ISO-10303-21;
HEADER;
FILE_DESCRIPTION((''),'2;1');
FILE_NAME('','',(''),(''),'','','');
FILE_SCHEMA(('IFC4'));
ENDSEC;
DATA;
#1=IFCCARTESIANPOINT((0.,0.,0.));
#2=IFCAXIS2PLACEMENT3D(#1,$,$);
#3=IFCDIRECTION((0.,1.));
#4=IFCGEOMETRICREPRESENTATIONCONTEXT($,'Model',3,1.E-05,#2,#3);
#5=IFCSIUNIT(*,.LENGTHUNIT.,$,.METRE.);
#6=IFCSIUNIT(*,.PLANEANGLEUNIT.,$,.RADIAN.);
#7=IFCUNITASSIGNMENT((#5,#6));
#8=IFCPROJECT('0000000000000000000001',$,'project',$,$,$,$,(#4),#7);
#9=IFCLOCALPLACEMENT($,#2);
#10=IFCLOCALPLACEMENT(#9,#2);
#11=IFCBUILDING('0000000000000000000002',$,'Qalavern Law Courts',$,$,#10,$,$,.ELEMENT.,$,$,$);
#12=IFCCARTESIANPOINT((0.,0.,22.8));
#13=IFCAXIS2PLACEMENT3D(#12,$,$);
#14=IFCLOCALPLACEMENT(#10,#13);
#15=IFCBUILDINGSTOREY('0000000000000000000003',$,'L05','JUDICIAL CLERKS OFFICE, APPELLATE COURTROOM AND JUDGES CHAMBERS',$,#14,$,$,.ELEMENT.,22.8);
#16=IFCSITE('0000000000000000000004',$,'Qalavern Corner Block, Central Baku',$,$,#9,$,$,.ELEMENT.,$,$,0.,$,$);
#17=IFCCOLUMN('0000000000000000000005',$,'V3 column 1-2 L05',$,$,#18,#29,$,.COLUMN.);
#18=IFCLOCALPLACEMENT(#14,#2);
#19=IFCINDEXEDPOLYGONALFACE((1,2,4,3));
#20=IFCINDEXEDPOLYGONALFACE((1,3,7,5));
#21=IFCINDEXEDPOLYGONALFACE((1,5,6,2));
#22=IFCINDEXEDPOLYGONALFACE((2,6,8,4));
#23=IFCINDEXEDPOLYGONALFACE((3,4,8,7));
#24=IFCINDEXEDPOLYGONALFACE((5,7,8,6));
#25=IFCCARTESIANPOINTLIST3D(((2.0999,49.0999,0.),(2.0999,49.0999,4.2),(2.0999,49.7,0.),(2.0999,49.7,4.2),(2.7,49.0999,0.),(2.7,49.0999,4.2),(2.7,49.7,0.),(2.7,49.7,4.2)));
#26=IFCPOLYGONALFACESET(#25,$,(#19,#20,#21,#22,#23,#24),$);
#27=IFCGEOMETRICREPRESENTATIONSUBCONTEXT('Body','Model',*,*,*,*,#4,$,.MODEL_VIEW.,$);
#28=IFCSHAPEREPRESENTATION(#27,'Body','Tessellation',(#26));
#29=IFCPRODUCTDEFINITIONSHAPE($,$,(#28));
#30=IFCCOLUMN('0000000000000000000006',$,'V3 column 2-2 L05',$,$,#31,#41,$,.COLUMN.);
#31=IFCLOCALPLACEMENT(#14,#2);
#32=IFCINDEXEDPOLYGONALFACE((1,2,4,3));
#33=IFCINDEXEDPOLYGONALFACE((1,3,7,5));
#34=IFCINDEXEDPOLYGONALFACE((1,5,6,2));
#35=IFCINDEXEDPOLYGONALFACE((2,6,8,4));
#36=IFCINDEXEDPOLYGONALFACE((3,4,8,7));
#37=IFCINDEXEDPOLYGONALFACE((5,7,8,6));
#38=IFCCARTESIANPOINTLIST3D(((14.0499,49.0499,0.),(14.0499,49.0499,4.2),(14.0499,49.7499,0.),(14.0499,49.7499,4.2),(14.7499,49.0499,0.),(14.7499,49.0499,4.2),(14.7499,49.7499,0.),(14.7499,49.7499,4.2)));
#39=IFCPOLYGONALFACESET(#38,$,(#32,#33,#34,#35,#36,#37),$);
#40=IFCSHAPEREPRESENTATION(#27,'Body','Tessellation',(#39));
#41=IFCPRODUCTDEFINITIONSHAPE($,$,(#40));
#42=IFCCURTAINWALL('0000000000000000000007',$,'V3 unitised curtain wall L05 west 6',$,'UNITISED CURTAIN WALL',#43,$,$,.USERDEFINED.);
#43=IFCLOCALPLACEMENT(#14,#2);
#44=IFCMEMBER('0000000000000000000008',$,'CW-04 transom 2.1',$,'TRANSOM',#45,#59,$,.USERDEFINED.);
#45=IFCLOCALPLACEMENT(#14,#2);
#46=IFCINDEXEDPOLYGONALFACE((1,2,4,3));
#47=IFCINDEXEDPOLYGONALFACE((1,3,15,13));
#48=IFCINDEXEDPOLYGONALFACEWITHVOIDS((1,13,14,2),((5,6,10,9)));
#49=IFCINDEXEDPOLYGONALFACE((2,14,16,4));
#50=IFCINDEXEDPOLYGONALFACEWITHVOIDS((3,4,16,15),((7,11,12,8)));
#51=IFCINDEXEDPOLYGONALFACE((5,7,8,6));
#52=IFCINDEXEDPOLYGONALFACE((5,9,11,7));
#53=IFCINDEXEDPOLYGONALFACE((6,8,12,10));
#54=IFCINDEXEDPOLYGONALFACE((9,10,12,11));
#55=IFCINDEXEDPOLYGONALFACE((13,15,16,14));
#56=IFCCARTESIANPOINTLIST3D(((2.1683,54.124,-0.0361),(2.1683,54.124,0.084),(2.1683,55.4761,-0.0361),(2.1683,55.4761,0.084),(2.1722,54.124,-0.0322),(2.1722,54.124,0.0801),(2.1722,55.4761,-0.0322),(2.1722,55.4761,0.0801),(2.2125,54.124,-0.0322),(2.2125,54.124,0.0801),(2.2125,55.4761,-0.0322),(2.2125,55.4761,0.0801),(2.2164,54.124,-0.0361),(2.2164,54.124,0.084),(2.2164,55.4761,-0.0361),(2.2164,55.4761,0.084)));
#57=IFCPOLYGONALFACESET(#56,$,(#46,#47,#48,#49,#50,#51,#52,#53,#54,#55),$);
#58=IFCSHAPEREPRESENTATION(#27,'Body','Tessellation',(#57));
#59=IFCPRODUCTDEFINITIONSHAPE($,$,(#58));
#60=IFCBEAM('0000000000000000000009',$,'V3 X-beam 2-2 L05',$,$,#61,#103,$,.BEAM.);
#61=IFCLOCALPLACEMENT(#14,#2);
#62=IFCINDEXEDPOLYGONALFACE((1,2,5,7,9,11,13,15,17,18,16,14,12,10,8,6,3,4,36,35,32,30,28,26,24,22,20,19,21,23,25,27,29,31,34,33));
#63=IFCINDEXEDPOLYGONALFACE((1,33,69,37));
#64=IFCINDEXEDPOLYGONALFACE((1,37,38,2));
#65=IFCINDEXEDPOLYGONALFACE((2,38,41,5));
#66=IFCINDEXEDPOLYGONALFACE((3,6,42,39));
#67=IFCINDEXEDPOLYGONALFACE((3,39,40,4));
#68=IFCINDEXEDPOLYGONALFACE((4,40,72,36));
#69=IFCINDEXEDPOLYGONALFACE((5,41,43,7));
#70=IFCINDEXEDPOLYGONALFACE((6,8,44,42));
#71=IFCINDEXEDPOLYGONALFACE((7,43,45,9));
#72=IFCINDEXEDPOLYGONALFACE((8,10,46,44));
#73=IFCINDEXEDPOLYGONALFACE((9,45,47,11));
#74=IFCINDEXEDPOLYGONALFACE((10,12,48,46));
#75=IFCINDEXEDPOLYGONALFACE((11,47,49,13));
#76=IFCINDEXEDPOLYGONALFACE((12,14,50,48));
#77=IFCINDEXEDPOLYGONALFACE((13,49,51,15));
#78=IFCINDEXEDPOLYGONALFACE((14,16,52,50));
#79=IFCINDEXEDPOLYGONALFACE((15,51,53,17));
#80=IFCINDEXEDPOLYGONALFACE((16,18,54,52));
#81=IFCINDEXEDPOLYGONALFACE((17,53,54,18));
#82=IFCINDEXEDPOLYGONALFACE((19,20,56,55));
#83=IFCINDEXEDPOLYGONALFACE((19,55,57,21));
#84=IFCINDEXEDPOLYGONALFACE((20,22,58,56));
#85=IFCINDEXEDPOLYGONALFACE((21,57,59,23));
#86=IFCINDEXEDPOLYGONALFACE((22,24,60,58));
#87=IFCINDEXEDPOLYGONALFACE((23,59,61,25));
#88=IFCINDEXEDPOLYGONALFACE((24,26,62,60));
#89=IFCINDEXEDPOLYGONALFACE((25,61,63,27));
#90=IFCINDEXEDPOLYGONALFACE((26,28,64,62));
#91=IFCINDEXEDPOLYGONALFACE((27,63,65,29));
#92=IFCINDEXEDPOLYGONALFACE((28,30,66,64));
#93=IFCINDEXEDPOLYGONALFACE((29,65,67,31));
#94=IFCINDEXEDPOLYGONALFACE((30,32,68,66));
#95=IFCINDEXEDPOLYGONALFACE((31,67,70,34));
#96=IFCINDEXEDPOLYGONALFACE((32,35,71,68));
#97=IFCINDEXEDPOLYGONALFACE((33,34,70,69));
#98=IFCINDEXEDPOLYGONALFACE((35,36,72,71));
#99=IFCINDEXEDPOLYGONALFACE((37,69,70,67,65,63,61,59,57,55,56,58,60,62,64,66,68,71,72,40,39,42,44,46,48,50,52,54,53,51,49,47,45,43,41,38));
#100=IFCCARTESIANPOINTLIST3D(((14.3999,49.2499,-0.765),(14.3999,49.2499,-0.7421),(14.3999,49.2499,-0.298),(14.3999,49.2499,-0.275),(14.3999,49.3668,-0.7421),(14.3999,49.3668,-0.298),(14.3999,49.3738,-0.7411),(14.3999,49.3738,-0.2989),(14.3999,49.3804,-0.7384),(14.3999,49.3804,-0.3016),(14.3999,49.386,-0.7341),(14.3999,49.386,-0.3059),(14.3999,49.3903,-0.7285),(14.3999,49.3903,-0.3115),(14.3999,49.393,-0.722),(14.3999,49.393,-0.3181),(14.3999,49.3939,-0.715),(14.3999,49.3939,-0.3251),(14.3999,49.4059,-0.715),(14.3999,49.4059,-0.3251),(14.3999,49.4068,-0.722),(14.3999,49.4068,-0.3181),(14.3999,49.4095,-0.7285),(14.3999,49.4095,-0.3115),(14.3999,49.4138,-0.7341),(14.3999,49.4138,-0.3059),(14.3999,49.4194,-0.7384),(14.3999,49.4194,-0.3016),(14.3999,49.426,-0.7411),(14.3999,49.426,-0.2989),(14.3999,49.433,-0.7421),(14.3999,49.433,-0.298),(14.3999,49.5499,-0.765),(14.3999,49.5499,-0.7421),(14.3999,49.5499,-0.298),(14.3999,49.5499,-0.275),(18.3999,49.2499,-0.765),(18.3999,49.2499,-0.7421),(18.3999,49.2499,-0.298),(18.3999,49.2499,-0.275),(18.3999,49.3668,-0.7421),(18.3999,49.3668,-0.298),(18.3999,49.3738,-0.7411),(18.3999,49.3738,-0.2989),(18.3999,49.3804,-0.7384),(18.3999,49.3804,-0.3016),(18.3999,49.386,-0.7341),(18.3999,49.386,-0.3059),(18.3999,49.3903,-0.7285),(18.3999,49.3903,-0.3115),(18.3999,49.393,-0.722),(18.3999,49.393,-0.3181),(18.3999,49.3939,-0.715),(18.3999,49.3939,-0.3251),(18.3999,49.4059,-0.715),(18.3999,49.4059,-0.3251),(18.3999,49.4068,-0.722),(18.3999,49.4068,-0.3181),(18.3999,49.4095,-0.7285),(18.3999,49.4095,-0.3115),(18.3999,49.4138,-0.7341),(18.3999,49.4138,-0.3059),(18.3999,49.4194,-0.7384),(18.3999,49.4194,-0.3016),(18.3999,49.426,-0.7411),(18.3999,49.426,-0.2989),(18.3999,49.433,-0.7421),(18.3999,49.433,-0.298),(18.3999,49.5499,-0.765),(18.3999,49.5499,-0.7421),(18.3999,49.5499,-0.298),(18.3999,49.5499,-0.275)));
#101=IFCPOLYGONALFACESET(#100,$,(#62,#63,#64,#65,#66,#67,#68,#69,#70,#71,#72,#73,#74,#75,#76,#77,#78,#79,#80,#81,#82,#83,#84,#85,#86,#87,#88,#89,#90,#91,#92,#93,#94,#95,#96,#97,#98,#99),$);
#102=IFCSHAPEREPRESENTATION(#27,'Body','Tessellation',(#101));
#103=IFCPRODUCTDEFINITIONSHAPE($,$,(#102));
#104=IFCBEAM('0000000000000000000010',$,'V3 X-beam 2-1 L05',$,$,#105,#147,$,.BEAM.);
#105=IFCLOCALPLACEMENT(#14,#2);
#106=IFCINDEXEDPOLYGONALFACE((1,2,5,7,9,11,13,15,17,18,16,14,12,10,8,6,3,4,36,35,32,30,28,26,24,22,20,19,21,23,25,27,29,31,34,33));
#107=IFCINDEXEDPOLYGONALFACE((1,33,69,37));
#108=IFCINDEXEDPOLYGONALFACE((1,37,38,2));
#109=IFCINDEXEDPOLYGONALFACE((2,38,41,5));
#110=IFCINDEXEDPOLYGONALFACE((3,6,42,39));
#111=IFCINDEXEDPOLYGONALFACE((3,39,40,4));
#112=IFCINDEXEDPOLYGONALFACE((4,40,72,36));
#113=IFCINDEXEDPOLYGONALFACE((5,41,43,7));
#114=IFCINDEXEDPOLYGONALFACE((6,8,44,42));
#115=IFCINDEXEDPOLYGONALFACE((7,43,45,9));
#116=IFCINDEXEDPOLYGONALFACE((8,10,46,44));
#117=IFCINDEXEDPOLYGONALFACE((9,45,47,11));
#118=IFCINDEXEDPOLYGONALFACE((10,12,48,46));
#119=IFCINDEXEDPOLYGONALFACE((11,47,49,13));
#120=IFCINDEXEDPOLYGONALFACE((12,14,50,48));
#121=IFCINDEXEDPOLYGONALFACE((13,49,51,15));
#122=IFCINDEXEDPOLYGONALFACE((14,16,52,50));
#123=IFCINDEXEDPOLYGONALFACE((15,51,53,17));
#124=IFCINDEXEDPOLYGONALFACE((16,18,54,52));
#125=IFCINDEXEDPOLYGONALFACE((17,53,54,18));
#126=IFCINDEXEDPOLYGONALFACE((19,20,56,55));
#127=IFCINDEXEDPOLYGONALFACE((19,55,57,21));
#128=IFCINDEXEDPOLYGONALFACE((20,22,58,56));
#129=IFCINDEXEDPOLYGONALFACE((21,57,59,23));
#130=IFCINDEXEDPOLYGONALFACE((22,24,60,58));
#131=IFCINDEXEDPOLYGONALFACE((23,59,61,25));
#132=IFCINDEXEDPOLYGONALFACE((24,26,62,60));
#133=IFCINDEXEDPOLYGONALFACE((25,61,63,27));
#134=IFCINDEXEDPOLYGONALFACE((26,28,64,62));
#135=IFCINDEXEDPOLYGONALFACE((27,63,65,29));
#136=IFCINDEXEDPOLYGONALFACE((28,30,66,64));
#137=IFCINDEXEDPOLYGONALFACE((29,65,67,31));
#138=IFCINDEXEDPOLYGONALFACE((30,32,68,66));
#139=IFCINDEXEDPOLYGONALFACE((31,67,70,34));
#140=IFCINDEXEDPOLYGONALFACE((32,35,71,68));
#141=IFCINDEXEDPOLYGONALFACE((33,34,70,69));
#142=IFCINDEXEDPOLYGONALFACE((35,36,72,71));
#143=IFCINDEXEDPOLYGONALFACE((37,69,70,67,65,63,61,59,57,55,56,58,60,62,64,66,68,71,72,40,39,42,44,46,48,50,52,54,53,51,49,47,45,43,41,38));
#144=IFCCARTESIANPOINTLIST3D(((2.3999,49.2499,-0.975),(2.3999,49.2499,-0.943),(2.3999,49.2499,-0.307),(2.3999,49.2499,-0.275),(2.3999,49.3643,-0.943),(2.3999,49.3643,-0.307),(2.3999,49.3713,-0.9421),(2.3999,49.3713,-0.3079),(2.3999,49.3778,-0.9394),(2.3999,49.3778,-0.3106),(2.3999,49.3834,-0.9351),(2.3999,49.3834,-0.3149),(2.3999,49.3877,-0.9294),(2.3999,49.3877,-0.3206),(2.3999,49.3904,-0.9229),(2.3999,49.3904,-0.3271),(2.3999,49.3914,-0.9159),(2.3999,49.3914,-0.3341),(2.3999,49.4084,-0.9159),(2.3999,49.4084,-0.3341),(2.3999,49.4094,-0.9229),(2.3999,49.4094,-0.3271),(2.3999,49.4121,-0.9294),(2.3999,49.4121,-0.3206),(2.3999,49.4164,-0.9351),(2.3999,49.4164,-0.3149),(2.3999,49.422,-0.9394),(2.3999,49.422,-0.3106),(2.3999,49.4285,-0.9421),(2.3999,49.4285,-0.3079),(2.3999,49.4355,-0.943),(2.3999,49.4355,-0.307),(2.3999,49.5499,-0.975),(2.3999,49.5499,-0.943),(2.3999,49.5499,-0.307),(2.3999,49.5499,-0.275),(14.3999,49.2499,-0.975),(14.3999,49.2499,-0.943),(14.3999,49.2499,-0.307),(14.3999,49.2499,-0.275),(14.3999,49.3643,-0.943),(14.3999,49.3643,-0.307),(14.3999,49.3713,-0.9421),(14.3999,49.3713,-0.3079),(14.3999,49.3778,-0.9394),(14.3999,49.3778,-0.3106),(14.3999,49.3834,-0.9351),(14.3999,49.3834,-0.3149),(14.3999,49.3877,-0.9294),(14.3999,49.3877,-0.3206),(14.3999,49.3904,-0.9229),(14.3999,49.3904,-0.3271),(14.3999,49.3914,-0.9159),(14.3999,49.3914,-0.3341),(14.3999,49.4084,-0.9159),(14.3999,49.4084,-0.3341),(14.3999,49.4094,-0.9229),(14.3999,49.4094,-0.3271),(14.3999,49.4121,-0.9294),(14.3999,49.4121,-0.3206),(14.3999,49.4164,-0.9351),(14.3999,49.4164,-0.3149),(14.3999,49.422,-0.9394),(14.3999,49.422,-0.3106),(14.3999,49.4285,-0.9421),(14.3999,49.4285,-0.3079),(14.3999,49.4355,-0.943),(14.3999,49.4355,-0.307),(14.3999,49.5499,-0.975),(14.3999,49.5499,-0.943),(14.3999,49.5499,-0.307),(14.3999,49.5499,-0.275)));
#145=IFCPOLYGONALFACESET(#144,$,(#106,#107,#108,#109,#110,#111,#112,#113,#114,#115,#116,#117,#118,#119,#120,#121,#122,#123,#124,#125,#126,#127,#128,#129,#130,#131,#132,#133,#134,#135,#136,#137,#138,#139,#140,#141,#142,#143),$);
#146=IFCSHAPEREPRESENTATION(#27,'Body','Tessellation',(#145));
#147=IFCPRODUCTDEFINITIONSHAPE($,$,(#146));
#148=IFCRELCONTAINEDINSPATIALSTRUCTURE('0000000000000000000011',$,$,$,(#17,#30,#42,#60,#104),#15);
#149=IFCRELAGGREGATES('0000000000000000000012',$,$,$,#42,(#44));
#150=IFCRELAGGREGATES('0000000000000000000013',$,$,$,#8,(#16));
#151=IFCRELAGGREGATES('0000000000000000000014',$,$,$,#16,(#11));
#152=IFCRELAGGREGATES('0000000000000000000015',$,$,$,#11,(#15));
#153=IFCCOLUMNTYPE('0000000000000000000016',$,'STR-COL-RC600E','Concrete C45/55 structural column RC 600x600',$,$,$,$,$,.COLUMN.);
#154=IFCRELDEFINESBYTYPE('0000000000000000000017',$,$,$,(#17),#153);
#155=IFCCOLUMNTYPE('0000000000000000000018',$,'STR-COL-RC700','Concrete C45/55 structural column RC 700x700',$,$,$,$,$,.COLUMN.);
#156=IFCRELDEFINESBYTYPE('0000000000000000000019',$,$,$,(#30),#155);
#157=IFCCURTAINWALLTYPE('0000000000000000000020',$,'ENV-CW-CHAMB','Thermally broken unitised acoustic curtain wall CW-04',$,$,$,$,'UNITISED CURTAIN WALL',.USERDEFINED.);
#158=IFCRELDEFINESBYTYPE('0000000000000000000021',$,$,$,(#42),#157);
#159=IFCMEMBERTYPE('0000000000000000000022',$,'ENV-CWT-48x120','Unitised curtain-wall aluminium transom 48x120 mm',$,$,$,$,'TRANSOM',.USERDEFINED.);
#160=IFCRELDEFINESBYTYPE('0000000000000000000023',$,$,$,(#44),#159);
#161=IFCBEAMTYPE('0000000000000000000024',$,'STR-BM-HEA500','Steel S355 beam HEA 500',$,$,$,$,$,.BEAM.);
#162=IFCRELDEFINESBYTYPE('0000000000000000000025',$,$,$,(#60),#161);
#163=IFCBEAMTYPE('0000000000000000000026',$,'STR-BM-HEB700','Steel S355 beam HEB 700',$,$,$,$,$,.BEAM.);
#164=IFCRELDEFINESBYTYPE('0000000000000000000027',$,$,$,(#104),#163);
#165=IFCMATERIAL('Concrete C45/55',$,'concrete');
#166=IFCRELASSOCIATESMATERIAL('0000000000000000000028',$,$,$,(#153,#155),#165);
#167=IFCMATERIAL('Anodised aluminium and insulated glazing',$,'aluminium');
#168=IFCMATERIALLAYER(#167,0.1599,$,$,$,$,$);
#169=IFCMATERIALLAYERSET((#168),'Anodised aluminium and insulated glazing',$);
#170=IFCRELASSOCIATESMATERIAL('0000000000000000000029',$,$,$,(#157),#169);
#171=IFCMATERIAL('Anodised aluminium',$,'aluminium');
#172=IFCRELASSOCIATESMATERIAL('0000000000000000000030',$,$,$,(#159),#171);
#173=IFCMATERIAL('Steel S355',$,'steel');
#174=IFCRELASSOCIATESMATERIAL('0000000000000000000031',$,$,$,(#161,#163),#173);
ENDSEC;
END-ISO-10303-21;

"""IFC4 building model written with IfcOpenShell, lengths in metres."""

from ifc_helpers import new_model, si_unit, direction, frame, origin, origin_2d, place, context, subcontext, project, spatial, rectangle, hollow_rectangle, i_section, extrude, material, layer, layer_set, material_profile, profile_set, type_object, element, aggregate, save


model = new_model("IFC4")

# Units and contexts
model_context = context("Model", 3, precision=1e-05, world=origin(), true_north=direction((0.0, 1.0)))
body_context = subcontext(model_context, "Body", "Model", "MODEL_VIEW")
ifc_project = project(units=[si_unit("LENGTHUNIT", "METRE"), si_unit("PLANEANGLEUNIT", "RADIAN")], contexts=[model_context])

# Site, building, storey
site_placement = place(None, origin())
site = spatial("IfcSite", under=ifc_project, at=site_placement, Name="Qalavern Corner Block, Central Baku", CompositionType="ELEMENT", RefElevation=0.0)
building_placement = place(site_placement, origin())
building = spatial("IfcBuilding", under=site, at=building_placement, Name="Qalavern Law Courts", CompositionType="ELEMENT")
storey_placement = place(building_placement, frame((0.0, 0.0, 22.8)))
storey = spatial("IfcBuildingStorey", under=building, at=storey_placement, Name="L05", Description="JUDICIAL CLERKS OFFICE, APPELLATE COURTROOM AND JUDGES CHAMBERS", CompositionType="ELEMENT", Elevation=22.8)

# Columns
ifc_material_1 = material(Name="Concrete C45/55", Category="concrete")
ifc_material_profile_1 = material_profile(ifc_material_1, rectangle(XDim=0.6001, YDim=0.6001, at=origin_2d()), Name="RC 600x600")
ifc_profile_set_1 = profile_set([ifc_material_profile_1], Name="Concrete C45/55")
column_type_1 = type_object("IfcColumnType", Name="STR-COL-RC600E", Description="Concrete C45/55 structural column RC 600x600", PredefinedType="COLUMN", material=ifc_profile_set_1)
column_1_placement = place(storey_placement, frame((2.3999, 49.3999, 0.0), z_axis=(0.0, 0.0, 1.0), x_axis=(1.0, 0.0, 0.0)))
element("IfcColumn", 1, at=column_1_placement, inside=storey, type_object=column_type_1, Name="V3 column 1-2 L05", PredefinedType="COLUMN", context=body_context, shape_type="SweptSolid", body=[
    extrude(rectangle(XDim=0.6001, YDim=0.6001, at=origin_2d()), origin(), (0.0, 0.0, 1.0), 4.2),
])
ifc_material_profile_2 = material_profile(ifc_material_1, rectangle(XDim=0.7, YDim=0.7, at=origin_2d()), Name="RC 700x700")
ifc_profile_set_2 = profile_set([ifc_material_profile_2], Name="Concrete C45/55")
column_type_2 = type_object("IfcColumnType", Name="STR-COL-RC700", Description="Concrete C45/55 structural column RC 700x700", PredefinedType="COLUMN", material=ifc_profile_set_2)
column_2_placement = place(storey_placement, frame((14.3999, 49.3999, 0.0), z_axis=(0.0, 0.0, 1.0), x_axis=(1.0, 0.0, 0.0)))
element("IfcColumn", 2, at=column_2_placement, inside=storey, type_object=column_type_2, Name="V3 column 2-2 L05", PredefinedType="COLUMN", context=body_context, shape_type="SweptSolid", body=[
    extrude(rectangle(XDim=0.7, YDim=0.7, at=origin_2d()), origin(), (0.0, 0.0, 1.0), 4.2),
])

# Curtain wall, member
ifc_material_2 = material(Name="Anodised aluminium and insulated glazing", Category="aluminium")
ifc_layer_1 = layer(ifc_material_2, 0.1599)
ifc_layer_set_1 = layer_set([ifc_layer_1], Name="Anodised aluminium and insulated glazing")
curtain_wall_type = type_object("IfcCurtainWallType", Name="ENV-CW-CHAMB", Description="Thermally broken unitised acoustic curtain wall CW-04", ElementType="UNITISED CURTAIN WALL", PredefinedType="USERDEFINED", material=ifc_layer_set_1)
curtain_wall_placement = place(storey_placement, origin())
curtain_wall = element("IfcCurtainWall", 3, at=curtain_wall_placement, inside=storey, type_object=curtain_wall_type, Name="V3 unitised curtain wall L05 west 6", ObjectType="UNITISED CURTAIN WALL", PredefinedType="USERDEFINED")
ifc_material_3 = material(Name="Anodised aluminium", Category="aluminium")
ifc_material_profile_3 = material_profile(ifc_material_3, hollow_rectangle(XDim=0.0481, YDim=0.1201, WallThickness=0.0039, at=origin_2d()), Name="ALU TRANSOM 48x120")
ifc_profile_set_3 = profile_set([ifc_material_profile_3], Name="Anodised aluminium")
member_type = type_object("IfcMemberType", Name="ENV-CWT-48x120", Description="Unitised curtain-wall aluminium transom 48x120 mm", ElementType="TRANSOM", PredefinedType="USERDEFINED", material=ifc_profile_set_3)
member_placement = place(storey_placement, frame((2.1924, 55.4761, 0.0239), z_axis=(0.0, -1.0, 0.0), x_axis=(1.0, 0.0, 0.0)))
member = element("IfcMember", 4, at=member_placement, type_object=member_type, Name="CW-04 transom 2.1", ObjectType="TRANSOM", PredefinedType="USERDEFINED", context=body_context, shape_type="SweptSolid", body=[
    extrude(hollow_rectangle(XDim=0.0481, YDim=0.1201, WallThickness=0.0039, at=origin_2d()), origin(), (0.0, 0.0, 1.0), 1.3521),
])

# Beams
ifc_material_4 = material(Name="Steel S355", Category="steel")
ifc_material_profile_4 = material_profile(ifc_material_4, i_section(OverallWidth=0.3, OverallDepth=0.49, WebThickness=0.012, FlangeThickness=0.0229, FilletRadius=0.0271, at=origin_2d()), Name="HEA 500")
ifc_profile_set_4 = profile_set([ifc_material_profile_4], Name="Steel S355")
beam_type_1 = type_object("IfcBeamType", Name="STR-BM-HEA500", Description="Steel S355 beam HEA 500", PredefinedType="BEAM", material=ifc_profile_set_4)
beam_1_placement = place(storey_placement, frame((14.3999, 49.3999, -0.52), z_axis=(1.0, 0.0, 0.0), x_axis=(0.0, 1.0, 0.0)))
element("IfcBeam", 5, at=beam_1_placement, inside=storey, type_object=beam_type_1, Name="V3 X-beam 2-2 L05", PredefinedType="BEAM", context=body_context, shape_type="SweptSolid", body=[
    extrude(i_section(OverallWidth=0.3, OverallDepth=0.49, WebThickness=0.012, FlangeThickness=0.0229, FilletRadius=0.0271, at=origin_2d()), origin(), (0.0, 0.0, 1.0), 4.0),
])
ifc_material_profile_5 = material_profile(ifc_material_4, i_section(OverallWidth=0.3, OverallDepth=0.7, WebThickness=0.0171, FlangeThickness=0.032, FilletRadius=0.0271, at=origin_2d()), Name="HEB 700")
ifc_profile_set_5 = profile_set([ifc_material_profile_5], Name="Steel S355")
beam_type_2 = type_object("IfcBeamType", Name="STR-BM-HEB700", Description="Steel S355 beam HEB 700", PredefinedType="BEAM", material=ifc_profile_set_5)
beam_2_placement = place(storey_placement, frame((2.3999, 49.3999, -0.625), z_axis=(1.0, 0.0, 0.0), x_axis=(0.0, 1.0, 0.0)))
element("IfcBeam", 6, at=beam_2_placement, inside=storey, type_object=beam_type_2, Name="V3 X-beam 2-1 L05", PredefinedType="BEAM", context=body_context, shape_type="SweptSolid", body=[
    extrude(i_section(OverallWidth=0.3, OverallDepth=0.7, WebThickness=0.0171, FlangeThickness=0.032, FilletRadius=0.0271, at=origin_2d()), origin(), (0.0, 0.0, 1.0), 12.0),
])

aggregate(curtain_wall, [member])

save(model, "model.ifc")
